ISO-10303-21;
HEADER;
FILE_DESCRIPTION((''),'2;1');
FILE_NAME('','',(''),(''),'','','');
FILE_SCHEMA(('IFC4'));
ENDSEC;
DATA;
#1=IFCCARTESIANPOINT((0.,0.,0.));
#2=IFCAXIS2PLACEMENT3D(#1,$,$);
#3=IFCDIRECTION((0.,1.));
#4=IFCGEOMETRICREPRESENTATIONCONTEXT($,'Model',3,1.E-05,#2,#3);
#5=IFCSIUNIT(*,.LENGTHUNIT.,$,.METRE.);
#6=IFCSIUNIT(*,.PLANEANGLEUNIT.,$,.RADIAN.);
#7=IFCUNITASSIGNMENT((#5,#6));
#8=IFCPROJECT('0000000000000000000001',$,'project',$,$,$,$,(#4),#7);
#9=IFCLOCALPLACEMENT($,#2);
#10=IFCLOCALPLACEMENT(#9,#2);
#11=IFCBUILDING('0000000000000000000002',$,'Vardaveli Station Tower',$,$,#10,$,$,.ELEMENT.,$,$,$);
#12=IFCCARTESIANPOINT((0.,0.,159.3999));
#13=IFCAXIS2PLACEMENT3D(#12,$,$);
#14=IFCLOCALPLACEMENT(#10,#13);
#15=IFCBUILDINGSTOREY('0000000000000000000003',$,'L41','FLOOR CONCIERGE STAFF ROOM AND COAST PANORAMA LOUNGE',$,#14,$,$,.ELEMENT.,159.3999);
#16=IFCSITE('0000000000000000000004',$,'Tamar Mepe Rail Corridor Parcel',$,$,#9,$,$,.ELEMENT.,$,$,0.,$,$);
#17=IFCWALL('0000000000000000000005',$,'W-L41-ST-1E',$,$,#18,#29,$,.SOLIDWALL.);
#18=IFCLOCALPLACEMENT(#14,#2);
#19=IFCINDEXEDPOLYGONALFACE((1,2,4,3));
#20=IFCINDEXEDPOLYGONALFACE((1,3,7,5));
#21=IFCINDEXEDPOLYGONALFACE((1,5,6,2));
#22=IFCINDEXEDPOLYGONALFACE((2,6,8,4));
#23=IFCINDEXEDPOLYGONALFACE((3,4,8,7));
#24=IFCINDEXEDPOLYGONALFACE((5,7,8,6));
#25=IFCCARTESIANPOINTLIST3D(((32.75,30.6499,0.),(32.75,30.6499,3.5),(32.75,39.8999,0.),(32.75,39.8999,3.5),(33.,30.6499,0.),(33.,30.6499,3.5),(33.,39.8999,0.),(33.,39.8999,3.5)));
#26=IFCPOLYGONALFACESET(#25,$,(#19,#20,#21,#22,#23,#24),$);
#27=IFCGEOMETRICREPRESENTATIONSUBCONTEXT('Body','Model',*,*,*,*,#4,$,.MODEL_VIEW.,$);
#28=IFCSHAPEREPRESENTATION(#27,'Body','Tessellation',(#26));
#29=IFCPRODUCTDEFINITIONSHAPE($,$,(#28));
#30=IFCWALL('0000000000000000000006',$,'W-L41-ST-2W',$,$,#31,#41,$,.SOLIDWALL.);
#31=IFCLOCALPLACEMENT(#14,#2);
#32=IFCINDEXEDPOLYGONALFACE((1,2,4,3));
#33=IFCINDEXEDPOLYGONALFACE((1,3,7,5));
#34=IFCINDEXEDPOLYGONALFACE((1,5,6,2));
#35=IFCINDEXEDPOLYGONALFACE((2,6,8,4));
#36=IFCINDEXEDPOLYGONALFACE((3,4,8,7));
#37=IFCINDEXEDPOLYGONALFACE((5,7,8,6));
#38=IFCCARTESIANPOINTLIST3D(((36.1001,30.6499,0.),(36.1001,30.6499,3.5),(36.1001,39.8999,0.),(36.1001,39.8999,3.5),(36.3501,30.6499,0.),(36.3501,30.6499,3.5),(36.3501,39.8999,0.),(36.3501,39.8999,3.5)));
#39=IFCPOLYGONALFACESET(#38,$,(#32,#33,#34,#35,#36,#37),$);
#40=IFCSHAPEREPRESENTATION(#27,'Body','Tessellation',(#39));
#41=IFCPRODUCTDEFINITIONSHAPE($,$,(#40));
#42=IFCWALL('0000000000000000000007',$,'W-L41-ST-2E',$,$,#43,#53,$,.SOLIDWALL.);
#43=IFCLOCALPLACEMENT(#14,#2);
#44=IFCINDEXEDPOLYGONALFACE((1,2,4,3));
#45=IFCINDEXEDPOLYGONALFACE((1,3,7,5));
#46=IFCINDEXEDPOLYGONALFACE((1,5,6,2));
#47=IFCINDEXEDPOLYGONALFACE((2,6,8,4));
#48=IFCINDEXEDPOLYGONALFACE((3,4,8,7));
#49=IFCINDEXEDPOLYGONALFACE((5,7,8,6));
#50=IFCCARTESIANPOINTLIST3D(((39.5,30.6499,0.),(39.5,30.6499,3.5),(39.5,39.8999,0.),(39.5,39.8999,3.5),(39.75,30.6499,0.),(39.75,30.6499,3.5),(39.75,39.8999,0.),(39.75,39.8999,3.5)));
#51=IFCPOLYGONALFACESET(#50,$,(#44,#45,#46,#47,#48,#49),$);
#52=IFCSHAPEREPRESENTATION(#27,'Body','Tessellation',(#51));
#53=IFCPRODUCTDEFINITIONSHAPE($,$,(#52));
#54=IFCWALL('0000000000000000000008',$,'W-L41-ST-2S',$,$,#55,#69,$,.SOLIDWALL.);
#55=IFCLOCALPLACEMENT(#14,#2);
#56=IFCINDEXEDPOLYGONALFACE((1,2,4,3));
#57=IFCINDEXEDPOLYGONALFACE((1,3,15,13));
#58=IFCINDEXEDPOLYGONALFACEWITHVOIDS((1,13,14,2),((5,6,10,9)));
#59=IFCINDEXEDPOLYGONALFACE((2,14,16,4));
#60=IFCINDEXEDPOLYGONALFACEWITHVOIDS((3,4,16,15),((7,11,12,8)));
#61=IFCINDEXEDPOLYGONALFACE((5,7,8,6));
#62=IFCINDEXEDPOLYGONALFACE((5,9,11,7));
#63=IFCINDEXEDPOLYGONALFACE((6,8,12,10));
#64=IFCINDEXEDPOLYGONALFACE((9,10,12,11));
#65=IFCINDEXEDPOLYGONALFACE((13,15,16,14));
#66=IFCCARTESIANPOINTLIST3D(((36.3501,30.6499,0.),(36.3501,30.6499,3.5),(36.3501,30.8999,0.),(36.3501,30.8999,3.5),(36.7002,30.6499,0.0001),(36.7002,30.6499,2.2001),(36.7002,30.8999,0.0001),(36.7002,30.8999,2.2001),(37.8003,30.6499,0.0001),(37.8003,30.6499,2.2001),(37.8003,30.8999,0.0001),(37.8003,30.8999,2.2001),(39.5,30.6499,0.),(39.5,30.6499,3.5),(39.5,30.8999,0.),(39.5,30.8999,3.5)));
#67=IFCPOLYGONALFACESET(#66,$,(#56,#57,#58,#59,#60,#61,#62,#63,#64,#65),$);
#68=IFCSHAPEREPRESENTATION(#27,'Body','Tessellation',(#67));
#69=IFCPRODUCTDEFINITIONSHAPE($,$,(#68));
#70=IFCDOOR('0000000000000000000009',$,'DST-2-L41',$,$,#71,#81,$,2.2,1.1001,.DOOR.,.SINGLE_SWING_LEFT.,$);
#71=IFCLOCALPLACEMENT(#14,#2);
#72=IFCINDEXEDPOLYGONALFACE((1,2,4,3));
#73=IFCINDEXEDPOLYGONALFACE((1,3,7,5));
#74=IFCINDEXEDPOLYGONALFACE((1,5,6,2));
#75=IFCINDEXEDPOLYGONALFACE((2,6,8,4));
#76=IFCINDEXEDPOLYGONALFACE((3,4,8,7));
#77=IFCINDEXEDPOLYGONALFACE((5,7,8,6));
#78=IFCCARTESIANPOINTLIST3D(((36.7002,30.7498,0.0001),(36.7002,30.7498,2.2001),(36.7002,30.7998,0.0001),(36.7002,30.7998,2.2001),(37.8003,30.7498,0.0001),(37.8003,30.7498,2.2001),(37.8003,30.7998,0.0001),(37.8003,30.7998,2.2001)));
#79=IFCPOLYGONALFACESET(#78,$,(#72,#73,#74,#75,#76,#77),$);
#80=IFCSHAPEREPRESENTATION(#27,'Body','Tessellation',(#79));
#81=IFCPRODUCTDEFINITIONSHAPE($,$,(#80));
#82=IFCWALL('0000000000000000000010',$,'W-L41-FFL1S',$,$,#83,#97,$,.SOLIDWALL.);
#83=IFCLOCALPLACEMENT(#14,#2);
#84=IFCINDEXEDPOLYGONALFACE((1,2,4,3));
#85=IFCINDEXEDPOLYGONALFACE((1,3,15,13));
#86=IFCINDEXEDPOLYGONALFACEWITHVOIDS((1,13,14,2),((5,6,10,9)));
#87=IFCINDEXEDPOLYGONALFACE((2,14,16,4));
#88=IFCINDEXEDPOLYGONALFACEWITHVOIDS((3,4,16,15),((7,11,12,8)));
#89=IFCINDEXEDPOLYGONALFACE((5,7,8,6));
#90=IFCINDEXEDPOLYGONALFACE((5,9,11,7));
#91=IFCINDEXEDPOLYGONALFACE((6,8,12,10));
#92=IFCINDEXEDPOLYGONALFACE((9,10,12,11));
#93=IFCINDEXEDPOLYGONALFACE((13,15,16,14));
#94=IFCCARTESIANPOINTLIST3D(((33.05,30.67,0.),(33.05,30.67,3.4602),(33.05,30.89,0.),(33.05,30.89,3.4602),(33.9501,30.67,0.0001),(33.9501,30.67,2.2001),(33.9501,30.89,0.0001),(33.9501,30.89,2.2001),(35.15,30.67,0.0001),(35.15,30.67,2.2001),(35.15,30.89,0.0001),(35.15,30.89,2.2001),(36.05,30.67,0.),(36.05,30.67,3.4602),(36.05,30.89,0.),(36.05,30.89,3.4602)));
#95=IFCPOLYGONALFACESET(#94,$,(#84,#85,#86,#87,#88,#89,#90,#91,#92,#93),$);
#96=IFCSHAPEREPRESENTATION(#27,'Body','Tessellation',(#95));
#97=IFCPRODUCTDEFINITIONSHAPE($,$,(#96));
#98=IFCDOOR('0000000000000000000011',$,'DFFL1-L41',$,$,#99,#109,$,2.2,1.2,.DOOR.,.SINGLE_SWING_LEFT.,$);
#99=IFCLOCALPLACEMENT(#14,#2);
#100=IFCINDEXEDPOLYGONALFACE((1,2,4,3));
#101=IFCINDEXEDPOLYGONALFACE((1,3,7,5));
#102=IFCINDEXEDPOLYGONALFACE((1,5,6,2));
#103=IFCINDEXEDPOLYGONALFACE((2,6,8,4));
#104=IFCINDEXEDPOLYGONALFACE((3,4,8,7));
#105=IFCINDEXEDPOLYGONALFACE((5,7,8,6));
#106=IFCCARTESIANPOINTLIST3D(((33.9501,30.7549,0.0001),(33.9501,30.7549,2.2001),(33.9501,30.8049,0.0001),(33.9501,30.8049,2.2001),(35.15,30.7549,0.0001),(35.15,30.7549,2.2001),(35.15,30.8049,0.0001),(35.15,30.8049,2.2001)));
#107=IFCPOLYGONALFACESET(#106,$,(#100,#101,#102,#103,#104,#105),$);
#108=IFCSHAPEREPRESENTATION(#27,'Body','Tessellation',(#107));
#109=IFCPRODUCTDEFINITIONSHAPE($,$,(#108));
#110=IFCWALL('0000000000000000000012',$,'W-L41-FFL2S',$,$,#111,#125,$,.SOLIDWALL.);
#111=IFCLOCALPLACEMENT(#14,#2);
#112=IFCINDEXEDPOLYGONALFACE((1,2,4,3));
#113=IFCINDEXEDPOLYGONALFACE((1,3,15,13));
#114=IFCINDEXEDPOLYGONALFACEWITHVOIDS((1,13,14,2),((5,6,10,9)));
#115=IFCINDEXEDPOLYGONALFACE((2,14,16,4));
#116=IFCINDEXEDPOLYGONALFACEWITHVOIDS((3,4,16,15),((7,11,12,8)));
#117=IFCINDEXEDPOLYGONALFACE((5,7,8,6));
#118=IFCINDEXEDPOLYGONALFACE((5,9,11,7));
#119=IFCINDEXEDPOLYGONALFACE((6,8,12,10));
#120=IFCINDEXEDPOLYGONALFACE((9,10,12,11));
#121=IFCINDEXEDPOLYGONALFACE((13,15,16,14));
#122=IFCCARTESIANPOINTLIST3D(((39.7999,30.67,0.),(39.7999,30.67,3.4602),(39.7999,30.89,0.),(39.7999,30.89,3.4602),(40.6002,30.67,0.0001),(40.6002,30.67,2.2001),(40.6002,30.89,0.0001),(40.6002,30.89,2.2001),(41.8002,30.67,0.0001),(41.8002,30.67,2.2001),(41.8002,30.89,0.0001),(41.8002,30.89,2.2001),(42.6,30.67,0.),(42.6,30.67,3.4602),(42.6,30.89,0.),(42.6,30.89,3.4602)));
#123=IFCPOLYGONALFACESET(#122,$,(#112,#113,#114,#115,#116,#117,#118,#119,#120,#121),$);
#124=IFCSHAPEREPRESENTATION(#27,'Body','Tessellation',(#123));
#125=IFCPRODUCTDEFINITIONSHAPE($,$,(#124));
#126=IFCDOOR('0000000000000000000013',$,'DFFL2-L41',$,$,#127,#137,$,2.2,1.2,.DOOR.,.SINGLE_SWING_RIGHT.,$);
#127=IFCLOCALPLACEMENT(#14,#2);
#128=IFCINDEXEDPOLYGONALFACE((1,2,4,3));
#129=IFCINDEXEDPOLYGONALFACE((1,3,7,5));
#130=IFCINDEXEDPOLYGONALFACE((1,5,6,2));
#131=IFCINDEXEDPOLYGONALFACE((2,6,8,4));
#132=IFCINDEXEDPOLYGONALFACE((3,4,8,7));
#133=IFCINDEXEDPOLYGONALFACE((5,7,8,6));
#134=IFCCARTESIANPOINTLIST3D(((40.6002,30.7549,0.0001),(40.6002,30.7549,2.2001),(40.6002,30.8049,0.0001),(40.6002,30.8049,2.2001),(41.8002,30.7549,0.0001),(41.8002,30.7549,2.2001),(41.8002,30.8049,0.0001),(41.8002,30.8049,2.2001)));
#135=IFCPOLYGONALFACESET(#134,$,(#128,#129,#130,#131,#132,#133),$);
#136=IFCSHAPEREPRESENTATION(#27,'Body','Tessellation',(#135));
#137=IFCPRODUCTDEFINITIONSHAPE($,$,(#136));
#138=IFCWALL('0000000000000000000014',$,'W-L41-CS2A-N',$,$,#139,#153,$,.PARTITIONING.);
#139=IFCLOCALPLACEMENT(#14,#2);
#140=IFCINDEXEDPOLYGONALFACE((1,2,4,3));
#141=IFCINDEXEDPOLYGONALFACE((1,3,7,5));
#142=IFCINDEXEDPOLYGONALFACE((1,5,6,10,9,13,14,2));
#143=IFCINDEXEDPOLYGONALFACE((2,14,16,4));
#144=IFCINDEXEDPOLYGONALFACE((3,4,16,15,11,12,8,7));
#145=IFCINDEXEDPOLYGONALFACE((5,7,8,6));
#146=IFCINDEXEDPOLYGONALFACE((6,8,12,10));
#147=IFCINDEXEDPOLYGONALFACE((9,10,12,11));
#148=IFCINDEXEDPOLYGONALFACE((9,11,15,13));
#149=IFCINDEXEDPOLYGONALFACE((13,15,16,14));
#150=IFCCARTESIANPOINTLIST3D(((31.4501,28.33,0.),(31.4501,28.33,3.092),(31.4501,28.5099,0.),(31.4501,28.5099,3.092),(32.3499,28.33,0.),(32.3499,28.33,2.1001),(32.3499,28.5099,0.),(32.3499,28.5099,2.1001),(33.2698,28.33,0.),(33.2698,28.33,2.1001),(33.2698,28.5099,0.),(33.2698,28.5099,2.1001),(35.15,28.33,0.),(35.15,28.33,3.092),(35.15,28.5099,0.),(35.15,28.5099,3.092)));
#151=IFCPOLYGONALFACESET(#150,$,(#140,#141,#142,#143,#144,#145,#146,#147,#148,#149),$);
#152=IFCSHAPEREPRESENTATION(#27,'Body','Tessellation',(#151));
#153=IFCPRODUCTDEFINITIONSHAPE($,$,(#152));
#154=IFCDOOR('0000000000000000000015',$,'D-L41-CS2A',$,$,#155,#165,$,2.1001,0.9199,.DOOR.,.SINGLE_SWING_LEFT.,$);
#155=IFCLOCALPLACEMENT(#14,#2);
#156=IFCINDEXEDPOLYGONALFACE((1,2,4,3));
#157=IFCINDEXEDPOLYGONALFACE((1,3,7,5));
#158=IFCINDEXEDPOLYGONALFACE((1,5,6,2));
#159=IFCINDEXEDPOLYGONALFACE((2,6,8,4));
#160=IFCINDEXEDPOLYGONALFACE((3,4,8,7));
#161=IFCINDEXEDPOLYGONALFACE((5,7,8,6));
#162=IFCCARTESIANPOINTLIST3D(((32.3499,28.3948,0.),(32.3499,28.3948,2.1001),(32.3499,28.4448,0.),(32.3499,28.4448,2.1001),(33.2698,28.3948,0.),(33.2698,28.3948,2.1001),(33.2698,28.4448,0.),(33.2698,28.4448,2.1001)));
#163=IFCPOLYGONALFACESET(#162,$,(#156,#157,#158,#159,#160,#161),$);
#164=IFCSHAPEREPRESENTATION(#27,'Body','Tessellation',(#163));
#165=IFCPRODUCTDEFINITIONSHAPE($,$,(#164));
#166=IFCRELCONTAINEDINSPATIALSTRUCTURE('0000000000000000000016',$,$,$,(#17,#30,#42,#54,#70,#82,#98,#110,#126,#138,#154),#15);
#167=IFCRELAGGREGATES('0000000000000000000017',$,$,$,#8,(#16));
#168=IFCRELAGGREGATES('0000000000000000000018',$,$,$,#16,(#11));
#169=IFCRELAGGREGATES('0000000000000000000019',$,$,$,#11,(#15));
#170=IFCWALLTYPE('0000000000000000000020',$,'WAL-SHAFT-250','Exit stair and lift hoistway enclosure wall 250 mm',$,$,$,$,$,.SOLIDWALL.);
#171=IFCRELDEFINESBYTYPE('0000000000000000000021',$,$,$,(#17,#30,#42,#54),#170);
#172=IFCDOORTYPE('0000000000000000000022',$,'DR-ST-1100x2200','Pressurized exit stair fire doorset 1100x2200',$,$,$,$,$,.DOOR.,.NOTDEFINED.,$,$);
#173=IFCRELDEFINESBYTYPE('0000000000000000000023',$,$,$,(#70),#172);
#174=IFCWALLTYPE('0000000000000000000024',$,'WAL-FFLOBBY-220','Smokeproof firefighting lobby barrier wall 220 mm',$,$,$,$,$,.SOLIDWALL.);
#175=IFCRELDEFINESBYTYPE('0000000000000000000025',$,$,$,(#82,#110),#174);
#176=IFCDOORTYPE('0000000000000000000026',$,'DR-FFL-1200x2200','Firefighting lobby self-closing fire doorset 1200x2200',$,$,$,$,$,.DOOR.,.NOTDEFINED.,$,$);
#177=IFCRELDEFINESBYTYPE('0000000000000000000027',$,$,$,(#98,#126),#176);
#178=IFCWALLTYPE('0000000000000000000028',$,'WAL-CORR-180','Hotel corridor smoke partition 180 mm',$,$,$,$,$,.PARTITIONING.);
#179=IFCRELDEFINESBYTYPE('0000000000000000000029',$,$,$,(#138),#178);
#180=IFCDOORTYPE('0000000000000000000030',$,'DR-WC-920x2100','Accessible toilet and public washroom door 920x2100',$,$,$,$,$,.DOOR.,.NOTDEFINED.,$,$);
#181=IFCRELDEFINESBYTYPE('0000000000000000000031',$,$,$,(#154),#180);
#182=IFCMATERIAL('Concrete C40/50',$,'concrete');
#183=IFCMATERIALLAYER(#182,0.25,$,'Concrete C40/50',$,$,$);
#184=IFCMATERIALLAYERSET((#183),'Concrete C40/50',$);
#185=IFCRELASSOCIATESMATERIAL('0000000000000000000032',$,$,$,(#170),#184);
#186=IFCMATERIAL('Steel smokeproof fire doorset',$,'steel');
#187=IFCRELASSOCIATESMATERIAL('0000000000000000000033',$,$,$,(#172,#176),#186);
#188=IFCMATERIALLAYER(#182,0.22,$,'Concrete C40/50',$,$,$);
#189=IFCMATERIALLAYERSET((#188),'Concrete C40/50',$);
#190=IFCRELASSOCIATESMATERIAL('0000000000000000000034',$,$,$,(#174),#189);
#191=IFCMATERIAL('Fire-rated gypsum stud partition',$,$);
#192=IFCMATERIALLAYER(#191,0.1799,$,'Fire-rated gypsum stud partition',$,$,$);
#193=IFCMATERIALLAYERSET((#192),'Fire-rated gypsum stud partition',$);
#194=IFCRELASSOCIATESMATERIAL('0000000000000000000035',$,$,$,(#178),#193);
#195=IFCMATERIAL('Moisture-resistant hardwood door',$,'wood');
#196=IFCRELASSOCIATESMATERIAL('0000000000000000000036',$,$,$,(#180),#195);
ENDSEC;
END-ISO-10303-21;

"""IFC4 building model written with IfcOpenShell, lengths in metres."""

from ifc_helpers import new_model, si_unit, direction, frame, frame_2d, origin, place, context, subcontext, project, spatial, rectangle, extrude, source, transform, mapped, material, layer, layer_set, type_object, element, fill, save


model = new_model("IFC4")

# Units and contexts
model_context = context("Model", 3, precision=1e-05, world=origin(), true_north=direction((0.0, 1.0)))
body_context = subcontext(model_context, "Body", "Model", "MODEL_VIEW")
ifc_project = project(units=[si_unit("LENGTHUNIT", "METRE"), si_unit("PLANEANGLEUNIT", "RADIAN")], contexts=[model_context])

# Site, building, storey
site_placement = place(None, origin())
site = spatial("IfcSite", under=ifc_project, at=site_placement, Name="Tamar Mepe Rail Corridor Parcel", CompositionType="ELEMENT", RefElevation=0.0)
building_placement = place(site_placement, origin())
building = spatial("IfcBuilding", under=site, at=building_placement, Name="Vardaveli Station Tower", CompositionType="ELEMENT")
storey_placement = place(building_placement, frame((0.0, 0.0, 159.3999)))
storey = spatial("IfcBuildingStorey", under=building, at=storey_placement, Name="L41", Description="FLOOR CONCIERGE STAFF ROOM AND COAST PANORAMA LOUNGE", CompositionType="ELEMENT", Elevation=159.3999)

# Walls
ifc_material_1 = material(Name="Concrete C40/50", Category="concrete")
ifc_layer_1 = layer(ifc_material_1, 0.25, Name="Concrete C40/50")
ifc_layer_set_1 = layer_set([ifc_layer_1], Name="Concrete C40/50")
wall_type_1 = type_object("IfcWallType", Name="WAL-SHAFT-250", Description="Exit stair and lift hoistway enclosure wall 250 mm", PredefinedType="SOLIDWALL", material=ifc_layer_set_1)
shared_shape_1 = source(origin(), body_context, "Body", "SweptSolid", [
    extrude(rectangle(XDim=9.25, YDim=0.25, at=frame_2d((4.625, 0.0))), origin(), (0.0, 0.0, 1.0), 3.5),
])
for number, where, z_axis, x_axis, name in (
    (1, (32.875, 30.6499, 0.0), (0.0, 0.0, 1.0), (0.0, 1.0, 0.0), "W-L41-ST-1E"),
    (2, (36.2251, 30.6499, 0.0), (0.0, 0.0, 1.0), (0.0, 1.0, 0.0), "W-L41-ST-2W"),
    (3, (39.625, 30.6499, 0.0), (0.0, 0.0, 1.0), (0.0, 1.0, 0.0), "W-L41-ST-2E"),
):
    element("IfcWall", number, at=place(storey_placement, frame(where, z_axis=z_axis, x_axis=x_axis)), inside=storey, type_object=wall_type_1, Name=name, PredefinedType="SOLIDWALL", context=body_context, shape_type="MappedRepresentation", body=[
        mapped(shared_shape_1, transform((0.0, 0.0, 0.0), scale=1.0)),
    ])

# Walls, openings, doors
shared_shape_2 = source(origin(), body_context, "Body", "SweptSolid", [
    extrude(rectangle(XDim=3.1499, YDim=0.25, at=frame_2d((1.575, 0.0))), origin(), (0.0, 0.0, 1.0), 3.5),
])
wall_1_placement = place(storey_placement, frame((36.3501, 30.7749, 0.0), z_axis=(0.0, 0.0, 1.0), x_axis=(1.0, 0.0, 0.0)))
wall_1 = element("IfcWall", 4, at=wall_1_placement, inside=storey, type_object=wall_type_1, Name="W-L41-ST-2S", PredefinedType="SOLIDWALL", context=body_context, shape_type="MappedRepresentation", body=[
    mapped(shared_shape_2, transform((0.0, 0.0, 0.0), scale=1.0)),
])
shared_shape_3 = source(origin(), body_context, "Body", "SweptSolid", [
    extrude(rectangle(XDim=1.1001, YDim=2.2, at=frame_2d((0.55, 1.1001))), frame((0.0, 0.135, 0.0), z_axis=(0.0, -1.0, 0.0), x_axis=(1.0, 0.0, 0.0)), (0.0, 0.0, 1.0), 0.27),
])
opening_1_placement = place(wall_1_placement, frame((0.3501, 0.0, 0.0)))
opening_1 = element("IfcOpeningElement", 5, at=opening_1_placement, cuts=wall_1, PredefinedType="OPENING", context=body_context, shape_type="MappedRepresentation", body=[
    mapped(shared_shape_3, transform((0.0, 0.0, 0.0), scale=1.0)),
])
ifc_material_2 = material(Name="Steel smokeproof fire doorset", Category="steel")
door_type_1 = type_object("IfcDoorType", Name="DR-ST-1100x2200", Description="Pressurized exit stair fire doorset 1100x2200", OperationType="NOTDEFINED", PredefinedType="DOOR", material=ifc_material_2)
shared_shape_4 = source(origin(), body_context, "Body", "SweptSolid", [
    extrude(rectangle(XDim=1.1001, YDim=2.2, at=frame_2d((0.55, 1.1001))), frame((0.0, 0.0249, 0.0), z_axis=(0.0, -1.0, 0.0), x_axis=(1.0, 0.0, 0.0)), (0.0, 0.0, 1.0), 0.05),
])
door_1_placement = place(opening_1_placement, origin())
door_1 = element("IfcDoor", 6, at=door_1_placement, inside=storey, type_object=door_type_1, Name="DST-2-L41", OperationType="SINGLE_SWING_LEFT", OverallHeight=2.2, OverallWidth=1.1001, PredefinedType="DOOR", context=body_context, shape_type="MappedRepresentation", body=[
    mapped(shared_shape_4, transform((0.0, 0.0, 0.0), scale=1.0)),
])
fill(opening_1, door_1)
ifc_layer_2 = layer(ifc_material_1, 0.22, Name="Concrete C40/50")
ifc_layer_set_2 = layer_set([ifc_layer_2], Name="Concrete C40/50")
wall_type_2 = type_object("IfcWallType", Name="WAL-FFLOBBY-220", Description="Smokeproof firefighting lobby barrier wall 220 mm", PredefinedType="SOLIDWALL", material=ifc_layer_set_2)
shared_shape_5 = source(origin(), body_context, "Body", "SweptSolid", [
    extrude(rectangle(XDim=3.0, YDim=0.22, at=frame_2d((1.5, 0.0))), origin(), (0.0, 0.0, 1.0), 3.4602),
])
wall_2_placement = place(storey_placement, frame((33.05, 30.78, 0.0), z_axis=(0.0, 0.0, 1.0), x_axis=(1.0, 0.0, 0.0)))
wall_2 = element("IfcWall", 7, at=wall_2_placement, inside=storey, type_object=wall_type_2, Name="W-L41-FFL1S", PredefinedType="SOLIDWALL", context=body_context, shape_type="MappedRepresentation", body=[
    mapped(shared_shape_5, transform((0.0, 0.0, 0.0), scale=1.0)),
])
shared_shape_6 = source(origin(), body_context, "Body", "SweptSolid", [
    extrude(rectangle(XDim=1.2, YDim=2.2, at=frame_2d((0.6001, 1.1001))), frame((0.0, 0.1201, 0.0), z_axis=(0.0, -1.0, 0.0), x_axis=(1.0, 0.0, 0.0)), (0.0, 0.0, 1.0), 0.24),
])
opening_2_placement = place(wall_2_placement, frame((0.8999, 0.0, 0.0)))
opening_2 = element("IfcOpeningElement", 8, at=opening_2_placement, cuts=wall_2, PredefinedType="OPENING", context=body_context, shape_type="MappedRepresentation", body=[
    mapped(shared_shape_6, transform((0.0, 0.0, 0.0), scale=1.0)),
])
door_type_2 = type_object("IfcDoorType", Name="DR-FFL-1200x2200", Description="Firefighting lobby self-closing fire doorset 1200x2200", OperationType="NOTDEFINED", PredefinedType="DOOR", material=ifc_material_2)
shared_shape_7 = source(origin(), body_context, "Body", "SweptSolid", [
    extrude(rectangle(XDim=1.2, YDim=2.2, at=frame_2d((0.6001, 1.1001))), frame((0.0, 0.0249, 0.0), z_axis=(0.0, -1.0, 0.0), x_axis=(1.0, 0.0, 0.0)), (0.0, 0.0, 1.0), 0.05),
])
door_2_placement = place(opening_2_placement, origin())
door_2 = element("IfcDoor", 9, at=door_2_placement, inside=storey, type_object=door_type_2, Name="DFFL1-L41", OperationType="SINGLE_SWING_LEFT", OverallHeight=2.2, OverallWidth=1.2, PredefinedType="DOOR", context=body_context, shape_type="MappedRepresentation", body=[
    mapped(shared_shape_7, transform((0.0, 0.0, 0.0), scale=1.0)),
])
fill(opening_2, door_2)
shared_shape_8 = source(origin(), body_context, "Body", "SweptSolid", [
    extrude(rectangle(XDim=2.8, YDim=0.22, at=frame_2d((1.3999, 0.0))), origin(), (0.0, 0.0, 1.0), 3.4602),
])
wall_3_placement = place(storey_placement, frame((39.8, 30.78, 0.0), z_axis=(0.0, 0.0, 1.0), x_axis=(1.0, 0.0, 0.0)))
wall_3 = element("IfcWall", 10, at=wall_3_placement, inside=storey, type_object=wall_type_2, Name="W-L41-FFL2S", PredefinedType="SOLIDWALL", context=body_context, shape_type="MappedRepresentation", body=[
    mapped(shared_shape_8, transform((0.0, 0.0, 0.0), scale=1.0)),
])
opening_3_placement = place(wall_3_placement, frame((0.8, 0.0, 0.0)))
opening_3 = element("IfcOpeningElement", 11, at=opening_3_placement, cuts=wall_3, PredefinedType="OPENING", context=body_context, shape_type="MappedRepresentation", body=[
    mapped(shared_shape_6, transform((0.0, 0.0, 0.0), scale=1.0)),
])
door_3_placement = place(opening_3_placement, origin())
door_3 = element("IfcDoor", 12, at=door_3_placement, inside=storey, type_object=door_type_2, Name="DFFL2-L41", OperationType="SINGLE_SWING_RIGHT", OverallHeight=2.2, OverallWidth=1.2, PredefinedType="DOOR", context=body_context, shape_type="MappedRepresentation", body=[
    mapped(shared_shape_7, transform((0.0, 0.0, 0.0), scale=1.0)),
])
fill(opening_3, door_3)
ifc_material_3 = material(Name="Fire-rated gypsum stud partition")
ifc_layer_3 = layer(ifc_material_3, 0.1799, Name="Fire-rated gypsum stud partition")
ifc_layer_set_3 = layer_set([ifc_layer_3], Name="Fire-rated gypsum stud partition")
wall_type_3 = type_object("IfcWallType", Name="WAL-CORR-180", Description="Hotel corridor smoke partition 180 mm", PredefinedType="PARTITIONING", material=ifc_layer_set_3)
shared_shape_9 = source(origin(), body_context, "Body", "SweptSolid", [
    extrude(rectangle(XDim=3.7, YDim=0.1799, at=frame_2d((1.8501, 0.0))), origin(), (0.0, 0.0, 1.0), 3.092),
])
wall_4_placement = place(storey_placement, frame((31.45, 28.4199, 0.0), z_axis=(0.0, 0.0, 1.0), x_axis=(1.0, 0.0, 0.0)))
wall_4 = element("IfcWall", 13, at=wall_4_placement, inside=storey, type_object=wall_type_3, Name="W-L41-CS2A-N", PredefinedType="PARTITIONING", context=body_context, shape_type="MappedRepresentation", body=[
    mapped(shared_shape_9, transform((0.0, 0.0, 0.0), scale=1.0)),
])
shared_shape_10 = source(origin(), body_context, "Body", "SweptSolid", [
    extrude(rectangle(XDim=0.9199, YDim=2.1001, at=frame_2d((0.46, 1.05))), frame((0.0, 0.1001, 0.0), z_axis=(0.0, -1.0, 0.0), x_axis=(1.0, 0.0, 0.0)), (0.0, 0.0, 1.0), 0.2),
])
opening_4_placement = place(wall_4_placement, frame((0.8999, 0.0, 0.0)))
opening_4 = element("IfcOpeningElement", 14, at=opening_4_placement, cuts=wall_4, PredefinedType="OPENING", context=body_context, shape_type="MappedRepresentation", body=[
    mapped(shared_shape_10, transform((0.0, 0.0, 0.0), scale=1.0)),
])
ifc_material_4 = material(Name="Moisture-resistant hardwood door", Category="wood")
door_type_3 = type_object("IfcDoorType", Name="DR-WC-920x2100", Description="Accessible toilet and public washroom door 920x2100", OperationType="NOTDEFINED", PredefinedType="DOOR", material=ifc_material_4)
shared_shape_11 = source(origin(), body_context, "Body", "SweptSolid", [
    extrude(rectangle(XDim=0.9199, YDim=2.1001, at=frame_2d((0.46, 1.05))), frame((0.0, 0.0249, 0.0), z_axis=(0.0, -1.0, 0.0), x_axis=(1.0, 0.0, 0.0)), (0.0, 0.0, 1.0), 0.05),
])
door_4_placement = place(opening_4_placement, origin())
door_4 = element("IfcDoor", 15, at=door_4_placement, inside=storey, type_object=door_type_3, Name="D-L41-CS2A", OperationType="SINGLE_SWING_LEFT", OverallHeight=2.1001, OverallWidth=0.9199, PredefinedType="DOOR", context=body_context, shape_type="MappedRepresentation", body=[
    mapped(shared_shape_11, transform((0.0, 0.0, 0.0), scale=1.0)),
])
fill(opening_4, door_4)

save(model, "model.ifc")
